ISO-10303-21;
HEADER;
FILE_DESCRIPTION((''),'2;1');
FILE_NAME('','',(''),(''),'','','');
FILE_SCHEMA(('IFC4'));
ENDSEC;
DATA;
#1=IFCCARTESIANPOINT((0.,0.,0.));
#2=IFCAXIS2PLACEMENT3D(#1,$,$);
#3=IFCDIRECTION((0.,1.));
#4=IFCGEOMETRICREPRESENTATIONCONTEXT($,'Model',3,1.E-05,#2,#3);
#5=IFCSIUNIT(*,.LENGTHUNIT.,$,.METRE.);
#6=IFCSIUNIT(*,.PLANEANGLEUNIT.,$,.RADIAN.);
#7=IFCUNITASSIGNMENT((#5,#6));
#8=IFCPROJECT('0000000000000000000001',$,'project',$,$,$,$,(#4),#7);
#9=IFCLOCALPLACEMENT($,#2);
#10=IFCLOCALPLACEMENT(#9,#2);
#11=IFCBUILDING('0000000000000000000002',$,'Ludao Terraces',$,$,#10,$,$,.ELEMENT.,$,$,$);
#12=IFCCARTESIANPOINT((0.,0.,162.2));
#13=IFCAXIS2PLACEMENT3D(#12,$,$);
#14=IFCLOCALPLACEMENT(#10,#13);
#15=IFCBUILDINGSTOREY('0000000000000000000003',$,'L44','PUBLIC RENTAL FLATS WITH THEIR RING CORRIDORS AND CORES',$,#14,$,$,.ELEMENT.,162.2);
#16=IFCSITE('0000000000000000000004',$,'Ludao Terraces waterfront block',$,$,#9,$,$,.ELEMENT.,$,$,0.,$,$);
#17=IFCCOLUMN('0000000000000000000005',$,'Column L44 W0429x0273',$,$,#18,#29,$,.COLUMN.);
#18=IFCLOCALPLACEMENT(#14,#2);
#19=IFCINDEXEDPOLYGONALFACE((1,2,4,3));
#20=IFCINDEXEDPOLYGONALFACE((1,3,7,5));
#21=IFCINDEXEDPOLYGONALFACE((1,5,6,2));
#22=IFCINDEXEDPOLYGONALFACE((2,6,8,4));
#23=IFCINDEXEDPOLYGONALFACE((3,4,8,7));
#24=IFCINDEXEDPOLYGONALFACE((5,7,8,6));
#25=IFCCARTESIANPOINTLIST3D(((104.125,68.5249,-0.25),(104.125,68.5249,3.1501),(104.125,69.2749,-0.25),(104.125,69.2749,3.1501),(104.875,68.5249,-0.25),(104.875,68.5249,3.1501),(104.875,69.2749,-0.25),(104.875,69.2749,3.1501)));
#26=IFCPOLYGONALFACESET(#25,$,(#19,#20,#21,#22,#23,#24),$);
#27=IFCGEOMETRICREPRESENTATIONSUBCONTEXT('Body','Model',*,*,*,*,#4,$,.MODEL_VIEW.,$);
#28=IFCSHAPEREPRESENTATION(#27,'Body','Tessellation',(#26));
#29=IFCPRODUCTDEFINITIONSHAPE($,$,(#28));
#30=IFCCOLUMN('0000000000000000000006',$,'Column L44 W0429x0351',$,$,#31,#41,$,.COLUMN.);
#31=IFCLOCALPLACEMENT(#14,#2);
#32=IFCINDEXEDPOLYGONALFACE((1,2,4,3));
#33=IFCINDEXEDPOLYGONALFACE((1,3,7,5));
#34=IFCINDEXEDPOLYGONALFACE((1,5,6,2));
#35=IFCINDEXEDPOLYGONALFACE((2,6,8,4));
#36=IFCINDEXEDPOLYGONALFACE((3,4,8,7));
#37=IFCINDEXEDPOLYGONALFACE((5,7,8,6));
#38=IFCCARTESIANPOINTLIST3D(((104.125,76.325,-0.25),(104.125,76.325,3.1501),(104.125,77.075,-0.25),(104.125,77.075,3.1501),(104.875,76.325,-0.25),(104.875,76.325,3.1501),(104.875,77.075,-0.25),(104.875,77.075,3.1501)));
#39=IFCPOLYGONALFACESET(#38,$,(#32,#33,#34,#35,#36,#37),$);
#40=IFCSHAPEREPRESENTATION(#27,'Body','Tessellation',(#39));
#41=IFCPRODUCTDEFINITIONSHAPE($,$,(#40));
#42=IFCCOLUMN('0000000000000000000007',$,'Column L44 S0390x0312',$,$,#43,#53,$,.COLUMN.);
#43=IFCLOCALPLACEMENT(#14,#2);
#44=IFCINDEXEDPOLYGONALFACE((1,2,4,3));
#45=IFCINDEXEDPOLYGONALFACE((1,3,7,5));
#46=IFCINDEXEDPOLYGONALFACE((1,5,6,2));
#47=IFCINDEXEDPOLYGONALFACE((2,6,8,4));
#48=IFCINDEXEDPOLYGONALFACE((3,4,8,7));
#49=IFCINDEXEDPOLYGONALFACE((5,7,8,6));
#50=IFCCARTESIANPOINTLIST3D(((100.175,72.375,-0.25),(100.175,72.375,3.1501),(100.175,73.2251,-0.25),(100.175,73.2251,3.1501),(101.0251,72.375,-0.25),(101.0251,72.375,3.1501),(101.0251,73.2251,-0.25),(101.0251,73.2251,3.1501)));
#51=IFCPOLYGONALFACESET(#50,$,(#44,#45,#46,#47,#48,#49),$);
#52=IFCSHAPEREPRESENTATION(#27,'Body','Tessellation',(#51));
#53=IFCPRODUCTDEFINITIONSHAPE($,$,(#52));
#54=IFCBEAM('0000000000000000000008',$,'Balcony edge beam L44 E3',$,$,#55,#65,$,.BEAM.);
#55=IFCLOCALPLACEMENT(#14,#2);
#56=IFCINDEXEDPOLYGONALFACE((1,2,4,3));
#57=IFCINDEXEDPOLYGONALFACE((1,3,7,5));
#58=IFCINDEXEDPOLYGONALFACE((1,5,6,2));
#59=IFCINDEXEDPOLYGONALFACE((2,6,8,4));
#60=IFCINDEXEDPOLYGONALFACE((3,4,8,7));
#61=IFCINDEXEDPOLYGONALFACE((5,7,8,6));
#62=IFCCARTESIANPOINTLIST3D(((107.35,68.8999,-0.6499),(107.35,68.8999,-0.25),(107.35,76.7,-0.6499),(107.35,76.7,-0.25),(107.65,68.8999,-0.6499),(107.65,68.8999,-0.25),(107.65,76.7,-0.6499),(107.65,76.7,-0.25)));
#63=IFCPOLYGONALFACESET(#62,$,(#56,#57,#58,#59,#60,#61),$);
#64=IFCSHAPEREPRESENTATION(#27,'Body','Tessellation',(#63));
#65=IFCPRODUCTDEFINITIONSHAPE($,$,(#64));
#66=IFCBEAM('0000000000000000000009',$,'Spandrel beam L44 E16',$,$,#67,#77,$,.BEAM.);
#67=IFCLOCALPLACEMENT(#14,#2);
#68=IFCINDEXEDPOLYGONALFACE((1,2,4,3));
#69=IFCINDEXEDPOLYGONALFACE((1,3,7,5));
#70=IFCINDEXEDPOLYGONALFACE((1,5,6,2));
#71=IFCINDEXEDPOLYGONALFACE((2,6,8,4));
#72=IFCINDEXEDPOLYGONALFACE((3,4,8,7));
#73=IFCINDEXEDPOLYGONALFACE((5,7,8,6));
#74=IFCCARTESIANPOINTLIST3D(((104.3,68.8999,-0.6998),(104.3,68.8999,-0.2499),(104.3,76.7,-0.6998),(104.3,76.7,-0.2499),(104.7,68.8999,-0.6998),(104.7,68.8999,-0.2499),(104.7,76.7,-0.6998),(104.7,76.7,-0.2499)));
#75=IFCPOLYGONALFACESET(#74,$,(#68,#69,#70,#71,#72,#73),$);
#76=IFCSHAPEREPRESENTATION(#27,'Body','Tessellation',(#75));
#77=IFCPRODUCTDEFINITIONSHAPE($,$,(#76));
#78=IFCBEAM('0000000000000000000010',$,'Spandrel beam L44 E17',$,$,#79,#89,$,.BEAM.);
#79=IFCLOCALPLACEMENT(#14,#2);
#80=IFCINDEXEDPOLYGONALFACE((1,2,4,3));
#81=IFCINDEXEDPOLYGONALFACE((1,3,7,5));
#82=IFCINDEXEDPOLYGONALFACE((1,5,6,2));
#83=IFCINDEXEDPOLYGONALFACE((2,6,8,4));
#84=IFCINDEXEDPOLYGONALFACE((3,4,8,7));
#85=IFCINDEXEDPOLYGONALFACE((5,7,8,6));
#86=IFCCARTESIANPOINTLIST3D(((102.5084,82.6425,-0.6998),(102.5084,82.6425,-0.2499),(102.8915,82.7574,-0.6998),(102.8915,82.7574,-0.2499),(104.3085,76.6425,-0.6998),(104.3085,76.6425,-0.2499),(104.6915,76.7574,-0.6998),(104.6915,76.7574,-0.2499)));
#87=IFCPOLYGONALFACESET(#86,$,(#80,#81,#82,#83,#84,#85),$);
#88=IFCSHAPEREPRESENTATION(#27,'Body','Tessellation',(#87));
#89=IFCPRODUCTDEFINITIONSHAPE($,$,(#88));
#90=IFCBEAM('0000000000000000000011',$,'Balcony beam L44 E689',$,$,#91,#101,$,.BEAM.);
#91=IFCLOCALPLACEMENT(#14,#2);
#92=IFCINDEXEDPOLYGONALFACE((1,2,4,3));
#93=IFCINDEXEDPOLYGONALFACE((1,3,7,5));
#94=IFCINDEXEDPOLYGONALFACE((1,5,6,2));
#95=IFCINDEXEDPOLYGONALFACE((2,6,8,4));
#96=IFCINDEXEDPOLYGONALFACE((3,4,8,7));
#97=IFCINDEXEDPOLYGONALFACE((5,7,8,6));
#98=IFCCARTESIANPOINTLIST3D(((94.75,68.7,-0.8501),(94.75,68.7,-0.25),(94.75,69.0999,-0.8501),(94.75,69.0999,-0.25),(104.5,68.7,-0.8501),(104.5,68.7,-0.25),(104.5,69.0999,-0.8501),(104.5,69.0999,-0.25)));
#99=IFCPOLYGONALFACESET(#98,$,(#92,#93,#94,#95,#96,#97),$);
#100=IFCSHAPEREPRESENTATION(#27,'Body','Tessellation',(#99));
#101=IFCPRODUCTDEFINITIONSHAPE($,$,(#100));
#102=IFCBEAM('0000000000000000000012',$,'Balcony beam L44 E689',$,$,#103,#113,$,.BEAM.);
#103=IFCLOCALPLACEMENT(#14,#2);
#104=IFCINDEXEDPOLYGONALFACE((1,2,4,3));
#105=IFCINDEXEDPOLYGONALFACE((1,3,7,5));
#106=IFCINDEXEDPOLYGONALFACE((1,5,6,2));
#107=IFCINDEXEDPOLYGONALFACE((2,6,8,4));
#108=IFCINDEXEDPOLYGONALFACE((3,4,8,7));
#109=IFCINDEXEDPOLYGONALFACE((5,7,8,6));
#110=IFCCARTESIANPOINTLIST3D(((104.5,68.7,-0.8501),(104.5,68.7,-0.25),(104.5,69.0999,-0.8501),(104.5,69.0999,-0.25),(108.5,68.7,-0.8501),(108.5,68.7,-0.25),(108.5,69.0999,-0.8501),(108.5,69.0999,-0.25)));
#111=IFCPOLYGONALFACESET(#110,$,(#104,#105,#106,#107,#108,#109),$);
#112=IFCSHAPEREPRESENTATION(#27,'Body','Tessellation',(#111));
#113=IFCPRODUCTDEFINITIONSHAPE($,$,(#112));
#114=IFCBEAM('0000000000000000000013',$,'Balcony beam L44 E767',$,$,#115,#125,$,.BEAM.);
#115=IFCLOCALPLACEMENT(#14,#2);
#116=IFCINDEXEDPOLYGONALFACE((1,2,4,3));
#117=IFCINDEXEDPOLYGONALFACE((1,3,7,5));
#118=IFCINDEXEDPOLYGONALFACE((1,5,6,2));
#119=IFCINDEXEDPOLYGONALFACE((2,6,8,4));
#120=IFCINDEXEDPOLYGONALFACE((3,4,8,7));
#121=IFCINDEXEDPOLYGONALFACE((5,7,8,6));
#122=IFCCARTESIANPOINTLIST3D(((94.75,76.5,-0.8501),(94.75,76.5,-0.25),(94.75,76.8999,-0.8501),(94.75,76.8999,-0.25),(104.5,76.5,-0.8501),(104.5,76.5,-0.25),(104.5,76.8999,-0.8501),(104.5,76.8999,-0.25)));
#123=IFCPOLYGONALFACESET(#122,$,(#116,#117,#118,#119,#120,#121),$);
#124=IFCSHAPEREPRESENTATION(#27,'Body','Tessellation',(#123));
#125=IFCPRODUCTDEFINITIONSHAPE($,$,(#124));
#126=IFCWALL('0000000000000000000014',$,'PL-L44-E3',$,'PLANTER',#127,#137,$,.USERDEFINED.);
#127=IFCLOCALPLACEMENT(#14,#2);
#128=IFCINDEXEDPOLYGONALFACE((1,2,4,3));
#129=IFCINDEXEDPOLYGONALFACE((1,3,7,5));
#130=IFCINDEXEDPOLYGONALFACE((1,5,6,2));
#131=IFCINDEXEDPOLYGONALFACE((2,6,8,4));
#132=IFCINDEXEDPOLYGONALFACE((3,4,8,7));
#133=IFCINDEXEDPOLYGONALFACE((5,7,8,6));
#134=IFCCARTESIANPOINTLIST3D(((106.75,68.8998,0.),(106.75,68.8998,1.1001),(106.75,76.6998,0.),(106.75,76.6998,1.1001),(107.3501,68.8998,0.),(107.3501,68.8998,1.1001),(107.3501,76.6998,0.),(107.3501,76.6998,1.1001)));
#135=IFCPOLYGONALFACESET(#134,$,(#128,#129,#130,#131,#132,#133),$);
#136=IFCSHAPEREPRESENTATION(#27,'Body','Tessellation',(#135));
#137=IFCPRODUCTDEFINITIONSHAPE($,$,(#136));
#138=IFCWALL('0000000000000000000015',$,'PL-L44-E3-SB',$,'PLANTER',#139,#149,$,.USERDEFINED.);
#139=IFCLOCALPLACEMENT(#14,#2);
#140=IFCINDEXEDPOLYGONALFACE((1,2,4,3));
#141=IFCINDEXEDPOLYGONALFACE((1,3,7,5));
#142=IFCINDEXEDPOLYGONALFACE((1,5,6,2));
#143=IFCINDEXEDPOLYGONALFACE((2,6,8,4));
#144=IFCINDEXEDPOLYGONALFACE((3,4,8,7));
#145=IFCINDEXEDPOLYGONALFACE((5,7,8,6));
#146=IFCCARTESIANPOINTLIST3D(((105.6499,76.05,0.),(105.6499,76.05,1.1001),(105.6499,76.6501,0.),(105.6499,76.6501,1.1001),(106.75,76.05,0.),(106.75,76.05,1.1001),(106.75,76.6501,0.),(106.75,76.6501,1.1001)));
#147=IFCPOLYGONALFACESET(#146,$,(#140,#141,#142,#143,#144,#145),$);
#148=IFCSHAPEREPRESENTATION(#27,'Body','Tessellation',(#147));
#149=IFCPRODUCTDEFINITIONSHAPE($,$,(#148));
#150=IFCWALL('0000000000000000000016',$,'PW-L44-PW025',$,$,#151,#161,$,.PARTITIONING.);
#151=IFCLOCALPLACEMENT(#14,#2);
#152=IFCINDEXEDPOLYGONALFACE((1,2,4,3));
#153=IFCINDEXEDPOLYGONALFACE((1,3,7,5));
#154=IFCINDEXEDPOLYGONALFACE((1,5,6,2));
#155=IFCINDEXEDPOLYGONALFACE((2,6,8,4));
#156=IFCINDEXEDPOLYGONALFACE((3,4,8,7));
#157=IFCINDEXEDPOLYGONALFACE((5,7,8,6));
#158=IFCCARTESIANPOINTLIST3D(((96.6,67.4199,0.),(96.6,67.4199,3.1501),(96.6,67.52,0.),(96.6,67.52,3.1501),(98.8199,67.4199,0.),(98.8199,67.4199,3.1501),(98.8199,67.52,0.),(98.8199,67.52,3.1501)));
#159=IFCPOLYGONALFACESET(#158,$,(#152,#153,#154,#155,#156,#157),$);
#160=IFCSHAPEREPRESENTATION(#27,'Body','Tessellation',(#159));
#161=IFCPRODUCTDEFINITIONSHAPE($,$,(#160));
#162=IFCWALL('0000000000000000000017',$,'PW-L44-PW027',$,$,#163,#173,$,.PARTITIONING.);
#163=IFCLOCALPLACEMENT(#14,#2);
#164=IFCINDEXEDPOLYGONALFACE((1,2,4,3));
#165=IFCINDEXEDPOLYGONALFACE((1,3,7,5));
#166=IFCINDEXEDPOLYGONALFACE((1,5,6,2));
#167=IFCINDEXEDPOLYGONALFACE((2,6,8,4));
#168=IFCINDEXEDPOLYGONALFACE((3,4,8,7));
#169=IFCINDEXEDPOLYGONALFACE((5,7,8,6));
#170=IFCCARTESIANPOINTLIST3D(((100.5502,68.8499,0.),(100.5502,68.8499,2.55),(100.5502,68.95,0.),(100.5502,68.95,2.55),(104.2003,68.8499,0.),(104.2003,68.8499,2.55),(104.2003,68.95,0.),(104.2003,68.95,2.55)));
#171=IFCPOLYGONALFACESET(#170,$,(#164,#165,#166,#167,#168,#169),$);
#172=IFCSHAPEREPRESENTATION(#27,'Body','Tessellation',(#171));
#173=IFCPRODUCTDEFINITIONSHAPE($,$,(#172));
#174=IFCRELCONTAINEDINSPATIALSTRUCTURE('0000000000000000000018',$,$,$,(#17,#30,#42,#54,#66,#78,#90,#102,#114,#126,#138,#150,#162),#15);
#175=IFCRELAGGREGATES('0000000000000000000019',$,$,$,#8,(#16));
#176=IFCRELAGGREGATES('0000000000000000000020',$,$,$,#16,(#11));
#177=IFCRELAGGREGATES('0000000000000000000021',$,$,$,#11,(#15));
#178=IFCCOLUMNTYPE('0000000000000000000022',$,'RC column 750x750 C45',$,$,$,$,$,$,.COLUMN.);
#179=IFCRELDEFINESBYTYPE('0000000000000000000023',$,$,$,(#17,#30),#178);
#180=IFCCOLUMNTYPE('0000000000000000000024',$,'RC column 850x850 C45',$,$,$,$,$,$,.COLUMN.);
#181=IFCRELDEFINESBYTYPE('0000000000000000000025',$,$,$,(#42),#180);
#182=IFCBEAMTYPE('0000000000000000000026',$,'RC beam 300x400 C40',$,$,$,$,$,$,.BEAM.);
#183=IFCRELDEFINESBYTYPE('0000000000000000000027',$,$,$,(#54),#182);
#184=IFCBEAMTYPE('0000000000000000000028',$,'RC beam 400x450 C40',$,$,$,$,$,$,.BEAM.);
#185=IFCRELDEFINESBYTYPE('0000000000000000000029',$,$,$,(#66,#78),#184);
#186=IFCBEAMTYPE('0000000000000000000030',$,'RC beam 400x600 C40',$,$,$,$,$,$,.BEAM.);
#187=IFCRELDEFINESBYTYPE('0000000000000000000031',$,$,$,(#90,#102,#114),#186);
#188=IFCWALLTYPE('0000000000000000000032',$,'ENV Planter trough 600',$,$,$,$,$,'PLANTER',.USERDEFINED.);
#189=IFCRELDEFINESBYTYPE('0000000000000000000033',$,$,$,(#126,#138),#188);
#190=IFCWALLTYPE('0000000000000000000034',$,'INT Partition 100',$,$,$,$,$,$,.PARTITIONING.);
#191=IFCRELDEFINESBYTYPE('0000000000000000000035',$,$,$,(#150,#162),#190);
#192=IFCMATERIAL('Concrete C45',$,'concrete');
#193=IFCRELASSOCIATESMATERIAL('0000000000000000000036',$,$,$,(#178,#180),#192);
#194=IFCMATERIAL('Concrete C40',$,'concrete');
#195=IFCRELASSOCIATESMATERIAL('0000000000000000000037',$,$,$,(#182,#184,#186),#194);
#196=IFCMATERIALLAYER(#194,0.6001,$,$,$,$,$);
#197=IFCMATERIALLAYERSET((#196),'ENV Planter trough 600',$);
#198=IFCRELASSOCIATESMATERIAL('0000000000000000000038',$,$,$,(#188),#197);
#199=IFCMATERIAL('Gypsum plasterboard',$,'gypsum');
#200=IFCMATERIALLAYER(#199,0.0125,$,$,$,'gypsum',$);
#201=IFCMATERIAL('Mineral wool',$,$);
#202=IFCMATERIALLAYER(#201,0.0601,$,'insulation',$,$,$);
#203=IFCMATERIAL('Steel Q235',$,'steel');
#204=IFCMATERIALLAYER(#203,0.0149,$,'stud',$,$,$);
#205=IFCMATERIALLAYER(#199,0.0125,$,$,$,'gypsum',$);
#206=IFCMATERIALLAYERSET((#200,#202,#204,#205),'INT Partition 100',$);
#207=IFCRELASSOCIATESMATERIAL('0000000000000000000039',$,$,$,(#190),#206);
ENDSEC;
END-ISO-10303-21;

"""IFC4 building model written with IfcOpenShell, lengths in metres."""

from ifc_helpers import new_model, si_unit, direction, frame, frame_2d, origin, origin_2d, place, context, subcontext, project, spatial, rectangle, extrude, material, layer, layer_set, material_profile, profile_set, type_object, element, save


model = new_model("IFC4")

# Units and contexts
model_context = context("Model", 3, precision=1e-05, world=origin(), true_north=direction((0.0, 1.0)))
body_context = subcontext(model_context, "Body", "Model", "MODEL_VIEW")
ifc_project = project(units=[si_unit("LENGTHUNIT", "METRE"), si_unit("PLANEANGLEUNIT", "RADIAN")], contexts=[model_context])

# Site, building, storey
site_placement = place(None, origin())
site = spatial("IfcSite", under=ifc_project, at=site_placement, Name="Ludao Terraces waterfront block", CompositionType="ELEMENT", RefElevation=0.0)
building_placement = place(site_placement, origin())
building = spatial("IfcBuilding", under=site, at=building_placement, Name="Ludao Terraces", CompositionType="ELEMENT")
storey_placement = place(building_placement, frame((0.0, 0.0, 162.2)))
storey = spatial("IfcBuildingStorey", under=building, at=storey_placement, Name="L44", Description="PUBLIC RENTAL FLATS WITH THEIR RING CORRIDORS AND CORES", CompositionType="ELEMENT", Elevation=162.2)

# Columns
ifc_material_1 = material(Name="Concrete C45", Category="concrete")
ifc_material_profile_1 = material_profile(ifc_material_1, rectangle(XDim=0.75, YDim=0.75, at=origin_2d()), Name="750 X 750")
ifc_profile_set_1 = profile_set([ifc_material_profile_1], Name="Concrete C45")
column_type_1 = type_object("IfcColumnType", Name="RC column 750x750 C45", PredefinedType="COLUMN", material=ifc_profile_set_1)
for number, where, z_axis, x_axis, name in (
    (1, (104.5, 68.8999, -0.25), (0.0, 0.0, 1.0), (1.0, 0.0, 0.0), "Column L44 W0429x0273"),
    (2, (104.5, 76.7, -0.25), (0.0, 0.0, 1.0), (1.0, 0.0, 0.0), "Column L44 W0429x0351"),
):
    element("IfcColumn", number, at=place(storey_placement, frame(where, z_axis=z_axis, x_axis=x_axis)), inside=storey, type_object=column_type_1, Name=name, PredefinedType="COLUMN", context=body_context, shape_type="SweptSolid", body=[
        extrude(rectangle(XDim=0.75, YDim=0.75, at=origin_2d()), origin(), (0.0, 0.0, 1.0), 3.4001),
    ])
ifc_material_profile_2 = material_profile(ifc_material_1, rectangle(XDim=0.8501, YDim=0.8501, at=origin_2d()), Name="850 X 850")
ifc_profile_set_2 = profile_set([ifc_material_profile_2], Name="Concrete C45")
column_type_2 = type_object("IfcColumnType", Name="RC column 850x850 C45", PredefinedType="COLUMN", material=ifc_profile_set_2)
column_placement = place(storey_placement, frame((100.6001, 72.8, -0.25), z_axis=(0.0, 0.0, 1.0), x_axis=(1.0, 0.0, 0.0)))
element("IfcColumn", 3, at=column_placement, inside=storey, type_object=column_type_2, Name="Column L44 S0390x0312", PredefinedType="COLUMN", context=body_context, shape_type="SweptSolid", body=[
    extrude(rectangle(XDim=0.8501, YDim=0.8501, at=origin_2d()), origin(), (0.0, 0.0, 1.0), 3.4001),
])

# Beams
ifc_material_2 = material(Name="Concrete C40", Category="concrete")
ifc_material_profile_3 = material_profile(ifc_material_2, rectangle(XDim=0.3, YDim=0.3999, at=origin_2d()), Name="300 X 400")
ifc_profile_set_3 = profile_set([ifc_material_profile_3], Name="Concrete C40")
beam_type_1 = type_object("IfcBeamType", Name="RC beam 300x400 C40", PredefinedType="BEAM", material=ifc_profile_set_3)
beam_1_placement = place(storey_placement, frame((107.5, 68.8999, -0.45), z_axis=(0.0, 1.0, 0.0), x_axis=(-1.0, 0.0, 0.0)))
element("IfcBeam", 4, at=beam_1_placement, inside=storey, type_object=beam_type_1, Name="Balcony edge beam L44 E3", PredefinedType="BEAM", context=body_context, shape_type="SweptSolid", body=[
    extrude(rectangle(XDim=0.3, YDim=0.3999, at=origin_2d()), origin(), (0.0, 0.0, 1.0), 7.8),
])
ifc_material_profile_4 = material_profile(ifc_material_2, rectangle(XDim=0.3999, YDim=0.45, at=origin_2d()), Name="400 X 450")
ifc_profile_set_4 = profile_set([ifc_material_profile_4], Name="Concrete C40")
beam_type_2 = type_object("IfcBeamType", Name="RC beam 400x450 C40", PredefinedType="BEAM", material=ifc_profile_set_4)
beam_2_placement = place(storey_placement, frame((104.5, 68.8999, -0.4749), z_axis=(0.0, 1.0, 0.0), x_axis=(-1.0, 0.0, 0.0)))
element("IfcBeam", 5, at=beam_2_placement, inside=storey, type_object=beam_type_2, Name="Spandrel beam L44 E16", PredefinedType="BEAM", context=body_context, shape_type="SweptSolid", body=[
    extrude(rectangle(XDim=0.3999, YDim=0.45, at=origin_2d()), origin(), (0.0, 0.0, 1.0), 7.8),
])
beam_3_placement = place(storey_placement, frame((104.5, 76.7, -0.4749), z_axis=(-0.287355, 0.957824, 0.0), x_axis=(-0.957824, -0.287355, 0.0)))
element("IfcBeam", 6, at=beam_3_placement, inside=storey, type_object=beam_type_2, Name="Spandrel beam L44 E17", PredefinedType="BEAM", context=body_context, shape_type="SweptSolid", body=[
    extrude(rectangle(XDim=0.3999, YDim=0.45, at=origin_2d()), origin(), (0.0, 0.0, 1.0), 6.2642),
])
ifc_material_profile_5 = material_profile(ifc_material_2, rectangle(XDim=0.3999, YDim=0.6001, at=origin_2d()), Name="400 X 600")
ifc_profile_set_5 = profile_set([ifc_material_profile_5], Name="Concrete C40")
beam_type_3 = type_object("IfcBeamType", Name="RC beam 400x600 C40", PredefinedType="BEAM", material=ifc_profile_set_5)
beam_4_placement = place(storey_placement, frame((94.75, 68.8999, -0.55), z_axis=(1.0, 0.0, 0.0), x_axis=(0.0, 1.0, 0.0)))
element("IfcBeam", 7, at=beam_4_placement, inside=storey, type_object=beam_type_3, Name="Balcony beam L44 E689", PredefinedType="BEAM", context=body_context, shape_type="SweptSolid", body=[
    extrude(rectangle(XDim=0.3999, YDim=0.6001, at=origin_2d()), origin(), (0.0, 0.0, 1.0), 9.75),
])
beam_5_placement = place(storey_placement, frame((104.5, 68.8999, -0.55), z_axis=(1.0, 0.0, 0.0), x_axis=(0.0, 1.0, 0.0)))
element("IfcBeam", 8, at=beam_5_placement, inside=storey, type_object=beam_type_3, Name="Balcony beam L44 E689", PredefinedType="BEAM", context=body_context, shape_type="SweptSolid", body=[
    extrude(rectangle(XDim=0.3999, YDim=0.6001, at=origin_2d()), origin(), (0.0, 0.0, 1.0), 4.0),
])
beam_6_placement = place(storey_placement, frame((94.75, 76.7, -0.55), z_axis=(1.0, 0.0, 0.0), x_axis=(0.0, 1.0, 0.0)))
element("IfcBeam", 9, at=beam_6_placement, inside=storey, type_object=beam_type_3, Name="Balcony beam L44 E767", PredefinedType="BEAM", context=body_context, shape_type="SweptSolid", body=[
    extrude(rectangle(XDim=0.3999, YDim=0.6001, at=origin_2d()), origin(), (0.0, 0.0, 1.0), 9.75),
])

# Walls
ifc_layer_1 = layer(ifc_material_2, 0.6001)
ifc_layer_set_1 = layer_set([ifc_layer_1], Name="ENV Planter trough 600")
wall_type_1 = type_object("IfcWallType", Name="ENV Planter trough 600", ElementType="PLANTER", PredefinedType="USERDEFINED", material=ifc_layer_set_1)
wall_1_placement = place(storey_placement, frame((107.05, 68.8999, 0.0), z_axis=(0.0, 0.0, 1.0), x_axis=(0.0, 1.0, 0.0)))
element("IfcWall", 10, at=wall_1_placement, inside=storey, type_object=wall_type_1, Name="PL-L44-E3", ObjectType="PLANTER", PredefinedType="USERDEFINED", context=body_context, shape_type="SweptSolid", body=[
    extrude(rectangle(XDim=7.8, YDim=0.6001, at=frame_2d((3.8999, 0.0))), origin(), (0.0, 0.0, 1.0), 1.1001),
])
wall_2_placement = place(storey_placement, frame((106.75, 76.3501, 0.0), z_axis=(0.0, 0.0, 1.0), x_axis=(-1.0, 0.0, 0.0)))
element("IfcWall", 11, at=wall_2_placement, inside=storey, type_object=wall_type_1, Name="PL-L44-E3-SB", ObjectType="PLANTER", PredefinedType="USERDEFINED", context=body_context, shape_type="SweptSolid", body=[
    extrude(rectangle(XDim=1.1001, YDim=0.6001, at=frame_2d((0.55, 0.0))), origin(), (0.0, 0.0, 1.0), 1.1001),
])

# Shared definitions
ifc_material_3 = material(Name="Mineral wool")

# Walls
ifc_material_4 = material(Name="Gypsum plasterboard", Category="gypsum")
ifc_layer_2 = layer(ifc_material_4, 0.0125, Category="gypsum")
ifc_layer_3 = layer(ifc_material_3, 0.0601, Name="insulation")
ifc_material_5 = material(Name="Steel Q235", Category="steel")
ifc_layer_4 = layer(ifc_material_5, 0.0149, Name="stud")
ifc_layer_5 = layer(ifc_material_4, 0.0125, Category="gypsum")
ifc_layer_set_2 = layer_set([ifc_layer_2, ifc_layer_3, ifc_layer_4, ifc_layer_5], Name="INT Partition 100")
wall_type_2 = type_object("IfcWallType", Name="INT Partition 100", PredefinedType="PARTITIONING", material=ifc_layer_set_2)
wall_3_placement = place(storey_placement, frame((96.6001, 67.47, 0.0), z_axis=(0.0, 0.0, 1.0), x_axis=(1.0, 0.0, 0.0)))
element("IfcWall", 12, at=wall_3_placement, inside=storey, type_object=wall_type_2, Name="PW-L44-PW025", PredefinedType="PARTITIONING", context=body_context, shape_type="SweptSolid", body=[
    extrude(rectangle(XDim=2.22, YDim=0.1001, at=frame_2d((1.1099, 0.0))), origin(), (0.0, 0.0, 1.0), 3.1501),
])
wall_4_placement = place(storey_placement, frame((100.55, 68.8999, 0.0), z_axis=(0.0, 0.0, 1.0), x_axis=(1.0, 0.0, 0.0)))
element("IfcWall", 13, at=wall_4_placement, inside=storey, type_object=wall_type_2, Name="PW-L44-PW027", PredefinedType="PARTITIONING", context=body_context, shape_type="SweptSolid", body=[
    extrude(rectangle(XDim=3.6501, YDim=0.1001, at=frame_2d((1.8252, 0.0))), origin(), (0.0, 0.0, 1.0), 2.55),
])

save(model, "model.ifc")
